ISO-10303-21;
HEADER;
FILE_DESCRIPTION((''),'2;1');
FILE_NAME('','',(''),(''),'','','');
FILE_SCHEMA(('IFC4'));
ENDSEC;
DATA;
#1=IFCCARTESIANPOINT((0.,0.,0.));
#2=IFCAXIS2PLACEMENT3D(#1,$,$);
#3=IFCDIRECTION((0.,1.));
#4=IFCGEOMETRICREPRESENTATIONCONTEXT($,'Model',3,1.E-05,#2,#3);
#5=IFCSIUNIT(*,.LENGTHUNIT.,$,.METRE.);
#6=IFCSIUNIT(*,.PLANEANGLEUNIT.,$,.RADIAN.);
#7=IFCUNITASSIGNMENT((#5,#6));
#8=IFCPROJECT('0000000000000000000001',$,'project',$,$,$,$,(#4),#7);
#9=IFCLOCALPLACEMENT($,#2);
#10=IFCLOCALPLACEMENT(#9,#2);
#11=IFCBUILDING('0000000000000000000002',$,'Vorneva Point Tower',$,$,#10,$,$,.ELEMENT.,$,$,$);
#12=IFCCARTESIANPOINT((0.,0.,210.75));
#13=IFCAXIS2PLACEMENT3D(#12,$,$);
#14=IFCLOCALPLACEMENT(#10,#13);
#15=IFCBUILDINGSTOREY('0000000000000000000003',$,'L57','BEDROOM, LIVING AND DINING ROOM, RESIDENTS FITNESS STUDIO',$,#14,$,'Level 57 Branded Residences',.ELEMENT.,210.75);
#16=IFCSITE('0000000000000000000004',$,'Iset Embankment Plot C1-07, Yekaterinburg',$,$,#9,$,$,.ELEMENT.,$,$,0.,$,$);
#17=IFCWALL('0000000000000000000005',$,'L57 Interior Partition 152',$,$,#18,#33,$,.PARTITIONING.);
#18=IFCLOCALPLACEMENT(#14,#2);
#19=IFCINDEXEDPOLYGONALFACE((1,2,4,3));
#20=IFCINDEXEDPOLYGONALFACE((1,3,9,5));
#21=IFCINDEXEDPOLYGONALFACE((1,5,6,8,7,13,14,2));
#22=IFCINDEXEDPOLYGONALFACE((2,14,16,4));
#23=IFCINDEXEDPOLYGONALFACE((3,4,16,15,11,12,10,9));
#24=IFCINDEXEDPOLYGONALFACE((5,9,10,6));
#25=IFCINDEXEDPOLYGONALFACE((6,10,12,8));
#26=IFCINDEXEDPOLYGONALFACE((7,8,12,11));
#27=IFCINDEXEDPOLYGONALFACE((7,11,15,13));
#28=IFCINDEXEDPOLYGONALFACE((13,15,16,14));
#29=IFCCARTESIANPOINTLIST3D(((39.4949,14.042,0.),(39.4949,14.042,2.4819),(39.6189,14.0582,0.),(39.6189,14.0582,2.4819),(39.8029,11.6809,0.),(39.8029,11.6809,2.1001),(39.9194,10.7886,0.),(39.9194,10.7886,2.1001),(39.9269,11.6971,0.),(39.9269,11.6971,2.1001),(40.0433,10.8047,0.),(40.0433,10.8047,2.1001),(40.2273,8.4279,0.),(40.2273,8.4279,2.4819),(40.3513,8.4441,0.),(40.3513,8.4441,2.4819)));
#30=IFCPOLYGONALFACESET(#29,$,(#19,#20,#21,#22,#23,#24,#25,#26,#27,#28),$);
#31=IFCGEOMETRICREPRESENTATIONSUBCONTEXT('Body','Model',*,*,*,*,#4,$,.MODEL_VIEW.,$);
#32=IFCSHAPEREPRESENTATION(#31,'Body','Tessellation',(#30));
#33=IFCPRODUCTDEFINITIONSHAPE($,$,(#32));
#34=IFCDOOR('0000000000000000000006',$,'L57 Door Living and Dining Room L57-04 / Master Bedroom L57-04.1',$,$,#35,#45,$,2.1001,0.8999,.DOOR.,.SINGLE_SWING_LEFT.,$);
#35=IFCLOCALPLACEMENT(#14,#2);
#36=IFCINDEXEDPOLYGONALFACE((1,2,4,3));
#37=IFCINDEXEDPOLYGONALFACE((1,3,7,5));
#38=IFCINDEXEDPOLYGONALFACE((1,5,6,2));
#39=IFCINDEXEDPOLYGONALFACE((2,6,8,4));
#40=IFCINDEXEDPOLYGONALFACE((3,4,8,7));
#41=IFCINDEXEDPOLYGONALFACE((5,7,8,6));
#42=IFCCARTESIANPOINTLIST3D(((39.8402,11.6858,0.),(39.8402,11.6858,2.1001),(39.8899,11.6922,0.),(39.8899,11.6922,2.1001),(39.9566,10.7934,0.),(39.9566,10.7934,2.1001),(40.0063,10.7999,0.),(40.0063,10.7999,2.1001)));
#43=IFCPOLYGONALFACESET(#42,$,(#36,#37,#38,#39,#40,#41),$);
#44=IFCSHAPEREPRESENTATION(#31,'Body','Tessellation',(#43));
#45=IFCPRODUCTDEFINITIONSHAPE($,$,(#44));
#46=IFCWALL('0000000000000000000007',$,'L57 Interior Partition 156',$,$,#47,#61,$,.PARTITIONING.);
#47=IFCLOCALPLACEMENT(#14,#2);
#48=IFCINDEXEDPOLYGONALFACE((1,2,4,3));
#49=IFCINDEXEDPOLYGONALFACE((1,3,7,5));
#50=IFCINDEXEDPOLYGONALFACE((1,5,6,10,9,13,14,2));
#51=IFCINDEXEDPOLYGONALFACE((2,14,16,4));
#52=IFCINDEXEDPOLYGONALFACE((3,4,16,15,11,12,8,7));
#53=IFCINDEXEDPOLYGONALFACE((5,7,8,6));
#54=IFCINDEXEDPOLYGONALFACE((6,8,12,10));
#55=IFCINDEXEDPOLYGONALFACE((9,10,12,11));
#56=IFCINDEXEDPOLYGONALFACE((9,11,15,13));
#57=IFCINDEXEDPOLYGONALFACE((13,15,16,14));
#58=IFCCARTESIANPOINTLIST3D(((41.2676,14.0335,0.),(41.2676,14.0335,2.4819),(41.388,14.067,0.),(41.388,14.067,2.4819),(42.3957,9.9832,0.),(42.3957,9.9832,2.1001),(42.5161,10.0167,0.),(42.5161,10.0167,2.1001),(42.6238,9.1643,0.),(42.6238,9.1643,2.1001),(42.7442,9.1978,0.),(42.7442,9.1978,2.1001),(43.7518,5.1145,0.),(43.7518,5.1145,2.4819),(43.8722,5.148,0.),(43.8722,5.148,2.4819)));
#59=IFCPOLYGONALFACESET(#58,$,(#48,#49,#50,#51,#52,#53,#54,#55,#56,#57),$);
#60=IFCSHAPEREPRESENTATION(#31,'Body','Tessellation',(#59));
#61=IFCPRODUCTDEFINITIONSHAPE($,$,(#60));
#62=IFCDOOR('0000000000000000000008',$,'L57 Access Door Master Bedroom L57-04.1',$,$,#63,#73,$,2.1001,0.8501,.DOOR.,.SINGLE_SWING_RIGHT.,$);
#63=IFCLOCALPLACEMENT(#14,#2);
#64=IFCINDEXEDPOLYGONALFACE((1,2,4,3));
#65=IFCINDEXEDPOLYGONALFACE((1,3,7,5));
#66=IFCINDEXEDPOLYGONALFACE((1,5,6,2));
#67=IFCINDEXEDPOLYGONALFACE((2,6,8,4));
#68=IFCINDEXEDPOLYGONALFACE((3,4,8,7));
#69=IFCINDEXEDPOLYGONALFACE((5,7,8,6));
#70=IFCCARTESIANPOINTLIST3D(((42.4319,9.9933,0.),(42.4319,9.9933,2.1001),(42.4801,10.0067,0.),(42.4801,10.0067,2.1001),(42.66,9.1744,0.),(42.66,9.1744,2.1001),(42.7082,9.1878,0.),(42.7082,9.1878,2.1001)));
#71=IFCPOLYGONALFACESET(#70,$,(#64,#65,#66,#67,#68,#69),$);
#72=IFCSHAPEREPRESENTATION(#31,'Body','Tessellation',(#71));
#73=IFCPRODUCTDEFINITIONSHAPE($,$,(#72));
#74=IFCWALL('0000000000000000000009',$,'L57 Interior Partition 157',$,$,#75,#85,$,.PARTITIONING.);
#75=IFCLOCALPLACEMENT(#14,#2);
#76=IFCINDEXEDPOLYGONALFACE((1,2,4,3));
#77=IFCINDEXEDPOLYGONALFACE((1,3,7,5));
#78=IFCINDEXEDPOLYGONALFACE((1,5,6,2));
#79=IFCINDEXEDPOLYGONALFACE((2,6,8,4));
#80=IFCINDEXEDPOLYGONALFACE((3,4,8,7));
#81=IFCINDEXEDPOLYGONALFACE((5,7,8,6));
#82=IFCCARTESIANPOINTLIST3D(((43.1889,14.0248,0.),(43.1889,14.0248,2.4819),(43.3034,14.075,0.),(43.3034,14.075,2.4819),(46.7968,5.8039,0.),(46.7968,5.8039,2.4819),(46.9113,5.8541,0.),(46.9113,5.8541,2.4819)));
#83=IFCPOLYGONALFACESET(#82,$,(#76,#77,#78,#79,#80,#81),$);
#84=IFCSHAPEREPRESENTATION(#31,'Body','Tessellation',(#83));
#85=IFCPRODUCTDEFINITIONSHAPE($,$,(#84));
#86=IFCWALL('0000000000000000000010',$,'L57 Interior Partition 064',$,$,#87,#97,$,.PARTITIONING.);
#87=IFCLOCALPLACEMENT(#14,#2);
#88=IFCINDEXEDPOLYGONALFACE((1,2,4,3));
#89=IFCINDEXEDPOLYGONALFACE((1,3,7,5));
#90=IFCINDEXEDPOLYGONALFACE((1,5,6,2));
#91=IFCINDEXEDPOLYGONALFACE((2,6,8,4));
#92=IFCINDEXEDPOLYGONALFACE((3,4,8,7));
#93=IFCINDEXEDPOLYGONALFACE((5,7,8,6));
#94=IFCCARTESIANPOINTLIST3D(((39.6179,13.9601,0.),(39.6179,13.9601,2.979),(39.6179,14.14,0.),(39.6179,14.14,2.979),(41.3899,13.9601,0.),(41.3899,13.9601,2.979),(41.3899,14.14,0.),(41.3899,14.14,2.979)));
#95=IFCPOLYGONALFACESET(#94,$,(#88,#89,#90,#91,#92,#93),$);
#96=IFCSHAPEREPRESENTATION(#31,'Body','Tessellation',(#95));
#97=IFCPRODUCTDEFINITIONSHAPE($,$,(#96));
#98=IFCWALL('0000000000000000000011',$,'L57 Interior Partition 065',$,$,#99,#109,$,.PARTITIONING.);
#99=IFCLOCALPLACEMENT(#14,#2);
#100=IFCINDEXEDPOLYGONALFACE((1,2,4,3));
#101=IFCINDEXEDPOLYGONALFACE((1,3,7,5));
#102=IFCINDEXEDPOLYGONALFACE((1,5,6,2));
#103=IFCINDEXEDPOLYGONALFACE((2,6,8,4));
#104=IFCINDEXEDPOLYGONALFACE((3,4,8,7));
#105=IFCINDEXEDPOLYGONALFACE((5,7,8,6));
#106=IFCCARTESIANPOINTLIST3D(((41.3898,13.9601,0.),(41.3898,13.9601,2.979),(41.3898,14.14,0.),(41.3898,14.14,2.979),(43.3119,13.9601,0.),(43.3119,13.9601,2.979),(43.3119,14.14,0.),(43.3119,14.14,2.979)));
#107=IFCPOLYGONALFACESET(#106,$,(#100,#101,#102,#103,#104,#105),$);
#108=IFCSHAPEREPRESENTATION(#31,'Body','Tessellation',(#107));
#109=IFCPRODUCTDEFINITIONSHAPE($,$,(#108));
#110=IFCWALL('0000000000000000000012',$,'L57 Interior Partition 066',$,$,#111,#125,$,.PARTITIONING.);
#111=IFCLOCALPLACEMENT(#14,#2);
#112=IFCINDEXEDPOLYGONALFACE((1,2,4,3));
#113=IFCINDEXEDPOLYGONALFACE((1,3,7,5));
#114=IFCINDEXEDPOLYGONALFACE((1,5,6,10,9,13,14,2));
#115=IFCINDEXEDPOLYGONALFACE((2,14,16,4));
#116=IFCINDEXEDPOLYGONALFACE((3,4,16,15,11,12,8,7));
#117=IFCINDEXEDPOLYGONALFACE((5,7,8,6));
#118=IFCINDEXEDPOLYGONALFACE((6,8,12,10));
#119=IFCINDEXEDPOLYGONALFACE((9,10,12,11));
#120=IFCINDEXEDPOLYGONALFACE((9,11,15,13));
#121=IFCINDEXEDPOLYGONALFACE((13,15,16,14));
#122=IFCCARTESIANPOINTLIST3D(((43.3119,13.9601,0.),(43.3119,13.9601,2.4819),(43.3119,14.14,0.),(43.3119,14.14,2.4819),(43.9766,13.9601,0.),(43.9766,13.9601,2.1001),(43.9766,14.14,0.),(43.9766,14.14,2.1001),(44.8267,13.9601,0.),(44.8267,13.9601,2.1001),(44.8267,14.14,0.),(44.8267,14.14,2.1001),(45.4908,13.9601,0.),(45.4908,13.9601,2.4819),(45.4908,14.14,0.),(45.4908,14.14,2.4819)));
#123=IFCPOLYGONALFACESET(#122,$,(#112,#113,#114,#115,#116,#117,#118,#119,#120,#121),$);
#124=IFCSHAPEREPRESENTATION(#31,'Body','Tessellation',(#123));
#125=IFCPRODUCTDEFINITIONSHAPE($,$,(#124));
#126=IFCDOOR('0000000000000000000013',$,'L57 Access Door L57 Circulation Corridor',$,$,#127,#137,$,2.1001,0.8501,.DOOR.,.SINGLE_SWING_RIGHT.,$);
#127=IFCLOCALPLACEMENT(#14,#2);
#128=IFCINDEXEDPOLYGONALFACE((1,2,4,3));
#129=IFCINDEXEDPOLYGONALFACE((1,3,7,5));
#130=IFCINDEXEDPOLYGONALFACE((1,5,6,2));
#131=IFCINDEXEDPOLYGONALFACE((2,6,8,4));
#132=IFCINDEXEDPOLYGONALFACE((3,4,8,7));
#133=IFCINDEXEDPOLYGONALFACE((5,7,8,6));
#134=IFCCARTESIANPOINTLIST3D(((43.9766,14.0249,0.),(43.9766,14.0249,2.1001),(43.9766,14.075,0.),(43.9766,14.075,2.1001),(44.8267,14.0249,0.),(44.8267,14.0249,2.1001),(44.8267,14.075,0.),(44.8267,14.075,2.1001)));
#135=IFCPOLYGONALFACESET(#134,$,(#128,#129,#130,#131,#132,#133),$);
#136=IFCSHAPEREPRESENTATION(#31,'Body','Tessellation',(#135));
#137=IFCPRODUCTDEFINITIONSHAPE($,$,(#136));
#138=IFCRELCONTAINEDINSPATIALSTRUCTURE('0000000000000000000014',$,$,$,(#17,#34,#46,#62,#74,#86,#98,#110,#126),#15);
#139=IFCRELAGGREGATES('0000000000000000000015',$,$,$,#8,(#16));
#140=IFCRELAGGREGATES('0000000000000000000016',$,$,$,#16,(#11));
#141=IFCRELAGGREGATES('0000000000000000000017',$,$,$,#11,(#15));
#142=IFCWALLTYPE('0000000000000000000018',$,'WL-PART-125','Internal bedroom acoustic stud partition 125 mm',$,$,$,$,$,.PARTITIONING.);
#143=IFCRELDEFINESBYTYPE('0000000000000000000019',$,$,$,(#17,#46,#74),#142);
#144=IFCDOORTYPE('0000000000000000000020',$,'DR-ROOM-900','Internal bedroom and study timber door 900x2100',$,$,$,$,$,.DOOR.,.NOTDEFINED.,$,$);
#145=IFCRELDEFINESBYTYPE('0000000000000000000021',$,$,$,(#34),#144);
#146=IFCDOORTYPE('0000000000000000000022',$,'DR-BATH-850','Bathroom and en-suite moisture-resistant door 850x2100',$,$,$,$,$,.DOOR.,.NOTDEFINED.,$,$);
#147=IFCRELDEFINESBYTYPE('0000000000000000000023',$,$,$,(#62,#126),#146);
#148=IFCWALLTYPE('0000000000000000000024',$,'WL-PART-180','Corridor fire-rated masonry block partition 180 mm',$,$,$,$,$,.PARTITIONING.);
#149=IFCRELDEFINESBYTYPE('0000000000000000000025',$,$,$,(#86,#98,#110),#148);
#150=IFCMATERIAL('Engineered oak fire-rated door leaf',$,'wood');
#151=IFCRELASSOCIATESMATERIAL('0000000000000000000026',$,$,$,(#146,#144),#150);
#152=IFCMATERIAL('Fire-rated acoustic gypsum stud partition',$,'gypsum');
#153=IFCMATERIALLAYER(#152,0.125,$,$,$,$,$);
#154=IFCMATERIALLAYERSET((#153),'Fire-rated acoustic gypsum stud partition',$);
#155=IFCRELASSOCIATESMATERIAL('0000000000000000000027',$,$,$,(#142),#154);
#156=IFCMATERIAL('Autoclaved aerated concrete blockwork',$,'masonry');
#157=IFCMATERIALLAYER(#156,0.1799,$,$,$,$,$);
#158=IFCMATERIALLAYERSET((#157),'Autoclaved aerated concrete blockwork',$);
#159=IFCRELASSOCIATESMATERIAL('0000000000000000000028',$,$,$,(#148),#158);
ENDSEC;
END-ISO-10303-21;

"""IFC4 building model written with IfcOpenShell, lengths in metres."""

from ifc_helpers import new_model, si_unit, direction, frame, frame_2d, origin, place, context, subcontext, project, spatial, rectangle, extrude, material, layer, layer_set, type_object, element, fill, save


model = new_model("IFC4")

# Units and contexts
model_context = context("Model", 3, precision=1e-05, world=origin(), true_north=direction((0.0, 1.0)))
body_context = subcontext(model_context, "Body", "Model", "MODEL_VIEW")
ifc_project = project(units=[si_unit("LENGTHUNIT", "METRE"), si_unit("PLANEANGLEUNIT", "RADIAN")], contexts=[model_context])

# Site, building, storey
site_placement = place(None, origin())
site = spatial("IfcSite", under=ifc_project, at=site_placement, Name="Iset Embankment Plot C1-07, Yekaterinburg", CompositionType="ELEMENT", RefElevation=0.0)
building_placement = place(site_placement, origin())
building = spatial("IfcBuilding", under=site, at=building_placement, Name="Vorneva Point Tower", CompositionType="ELEMENT")
storey_placement = place(building_placement, frame((0.0, 0.0, 210.75)))
storey = spatial("IfcBuildingStorey", under=building, at=storey_placement, Name="L57", Description="BEDROOM, LIVING AND DINING ROOM, RESIDENTS FITNESS STUDIO", LongName="Level 57 Branded Residences", CompositionType="ELEMENT", Elevation=210.75)

# Shared definitions
ifc_material_1 = material(Name="Fire-rated acoustic gypsum stud partition", Category="gypsum")

# Shared definitions
ifc_material_2 = material(Name="Engineered oak fire-rated door leaf", Category="wood")
door_type_1 = type_object("IfcDoorType", Name="DR-BATH-850", Description="Bathroom and en-suite moisture-resistant door 850x2100", OperationType="NOTDEFINED", PredefinedType="DOOR", material=ifc_material_2)

# Shared definitions
ifc_layer_1 = layer(ifc_material_1, 0.125)
ifc_layer_set_1 = layer_set([ifc_layer_1], Name="Fire-rated acoustic gypsum stud partition")
wall_type_1 = type_object("IfcWallType", Name="WL-PART-125", Description="Internal bedroom acoustic stud partition 125 mm", PredefinedType="PARTITIONING", material=ifc_layer_set_1)

# Walls, openings, doors
wall_1_placement = place(storey_placement, frame((40.2893, 8.436, 0.0), z_axis=(0.0, 0.0, 1.0), x_axis=(-0.129367, 0.991597, 0.0)))
wall_1 = element("IfcWall", 1, at=wall_1_placement, inside=storey, type_object=wall_type_1, Name="L57 Interior Partition 152", PredefinedType="PARTITIONING", context=body_context, shape_type="SweptSolid", body=[
    extrude(rectangle(XDim=5.6616, YDim=0.125, at=frame_2d((2.8308, 0.0))), origin(), (0.0, 0.0, 1.0), 2.4819),
])
opening_1_placement = place(wall_1_placement, frame((2.3806, 0.0, 0.0)))
opening_1 = element("IfcOpeningElement", 2, at=opening_1_placement, cuts=wall_1, PredefinedType="OPENING", context=body_context, shape_type="SweptSolid", body=[
    extrude(rectangle(XDim=0.8999, YDim=2.1001, at=frame_2d((0.45, 1.05))), frame((0.0, 0.0774, 0.0), z_axis=(0.0, -1.0, 0.0), x_axis=(1.0, 0.0, 0.0)), (0.0, 0.0, 1.0), 0.1548),
])
door_type_2 = type_object("IfcDoorType", Name="DR-ROOM-900", Description="Internal bedroom and study timber door 900x2100", OperationType="NOTDEFINED", PredefinedType="DOOR", material=ifc_material_2)
door_1_placement = place(opening_1_placement, origin())
door_1 = element("IfcDoor", 3, at=door_1_placement, inside=storey, type_object=door_type_2, Name="L57 Door Living and Dining Room L57-04 / Master Bedroom L57-04.1", OperationType="SINGLE_SWING_LEFT", OverallHeight=2.1001, OverallWidth=0.8999, PredefinedType="DOOR", context=body_context, shape_type="SweptSolid", body=[
    extrude(rectangle(XDim=0.8999, YDim=2.1001, at=frame_2d((0.45, 1.05))), frame((0.0, 0.0249, 0.0), z_axis=(0.0, -1.0, 0.0), x_axis=(1.0, 0.0, 0.0)), (0.0, 0.0, 1.0), 0.05),
])
fill(opening_1, door_1)
wall_2_placement = place(storey_placement, frame((43.812, 5.1311, 0.0), z_axis=(0.0, 0.0, 1.0), x_axis=(-0.26831, 0.963333, 0.0)))
wall_2 = element("IfcWall", 4, at=wall_2_placement, inside=storey, type_object=wall_type_1, Name="L57 Interior Partition 156", PredefinedType="PARTITIONING", context=body_context, shape_type="SweptSolid", body=[
    extrude(rectangle(XDim=9.2585, YDim=0.125, at=frame_2d((4.6294, 0.0))), origin(), (0.0, 0.0, 1.0), 2.4819),
])
opening_2_placement = place(wall_2_placement, frame((4.2041, 0.0, 0.0)))
opening_2 = element("IfcOpeningElement", 5, at=opening_2_placement, cuts=wall_2, PredefinedType="OPENING", context=body_context, shape_type="SweptSolid", body=[
    extrude(rectangle(XDim=0.8501, YDim=2.1001, at=frame_2d((0.425, 1.05))), frame((0.0, 0.0774, 0.0), z_axis=(0.0, -1.0, 0.0), x_axis=(1.0, 0.0, 0.0)), (0.0, 0.0, 1.0), 0.1548),
])
door_2_placement = place(opening_2_placement, origin())
door_2 = element("IfcDoor", 6, at=door_2_placement, inside=storey, type_object=door_type_1, Name="L57 Access Door Master Bedroom L57-04.1", OperationType="SINGLE_SWING_RIGHT", OverallHeight=2.1001, OverallWidth=0.8501, PredefinedType="DOOR", context=body_context, shape_type="SweptSolid", body=[
    extrude(rectangle(XDim=0.8501, YDim=2.1001, at=frame_2d((0.425, 1.05))), frame((0.0, 0.0249, 0.0), z_axis=(0.0, -1.0, 0.0), x_axis=(1.0, 0.0, 0.0)), (0.0, 0.0, 1.0), 0.05),
])
fill(opening_2, door_2)

# Walls
wall_3_placement = place(storey_placement, frame((46.854, 5.8291, 0.0), z_axis=(0.0, 0.0, 1.0), x_axis=(-0.40187, 0.915697, 0.0)))
element("IfcWall", 7, at=wall_3_placement, inside=storey, type_object=wall_type_1, Name="L57 Interior Partition 157", PredefinedType="PARTITIONING", context=body_context, shape_type="SweptSolid", body=[
    extrude(rectangle(XDim=8.9778, YDim=0.125, at=frame_2d((4.4888, 0.0))), origin(), (0.0, 0.0, 1.0), 2.4819),
])
ifc_material_3 = material(Name="Autoclaved aerated concrete blockwork", Category="masonry")
ifc_layer_2 = layer(ifc_material_3, 0.1799)
ifc_layer_set_2 = layer_set([ifc_layer_2], Name="Autoclaved aerated concrete blockwork")
wall_type_2 = type_object("IfcWallType", Name="WL-PART-180", Description="Corridor fire-rated masonry block partition 180 mm", PredefinedType="PARTITIONING", material=ifc_layer_set_2)
wall_4_placement = place(storey_placement, frame((39.6179, 14.05, 0.0), z_axis=(0.0, 0.0, 1.0), x_axis=(1.0, 0.0, 0.0)))
element("IfcWall", 8, at=wall_4_placement, inside=storey, type_object=wall_type_2, Name="L57 Interior Partition 064", PredefinedType="PARTITIONING", context=body_context, shape_type="SweptSolid", body=[
    extrude(rectangle(XDim=1.772, YDim=0.1799, at=frame_2d((0.886, 0.0))), origin(), (0.0, 0.0, 1.0), 2.979),
])
wall_5_placement = place(storey_placement, frame((41.3899, 14.05, 0.0), z_axis=(0.0, 0.0, 1.0), x_axis=(1.0, 0.0, 0.0)))
element("IfcWall", 9, at=wall_5_placement, inside=storey, type_object=wall_type_2, Name="L57 Interior Partition 065", PredefinedType="PARTITIONING", context=body_context, shape_type="SweptSolid", body=[
    extrude(rectangle(XDim=1.9221, YDim=0.1799, at=frame_2d((0.9609, 0.0))), origin(), (0.0, 0.0, 1.0), 2.979),
])

# Wall, opening, door
wall_6_placement = place(storey_placement, frame((43.312, 14.05, 0.0), z_axis=(0.0, 0.0, 1.0), x_axis=(1.0, 0.0, 0.0)))
wall_6 = element("IfcWall", 10, at=wall_6_placement, inside=storey, type_object=wall_type_2, Name="L57 Interior Partition 066", PredefinedType="PARTITIONING", context=body_context, shape_type="SweptSolid", body=[
    extrude(rectangle(XDim=2.179, YDim=0.1799, at=frame_2d((1.0894, 0.0))), origin(), (0.0, 0.0, 1.0), 2.4819),
])
opening_3_placement = place(wall_6_placement, frame((0.6646, 0.0, 0.0)))
opening_3 = element("IfcOpeningElement", 11, at=opening_3_placement, cuts=wall_6, PredefinedType="OPENING", context=body_context, shape_type="SweptSolid", body=[
    extrude(rectangle(XDim=0.8501, YDim=2.1001, at=frame_2d((0.425, 1.05))), frame((0.0, 0.105, 0.0), z_axis=(0.0, -1.0, 0.0), x_axis=(1.0, 0.0, 0.0)), (0.0, 0.0, 1.0), 0.2097),
])
door_3_placement = place(opening_3_placement, origin())
door_3 = element("IfcDoor", 12, at=door_3_placement, inside=storey, type_object=door_type_1, Name="L57 Access Door L57 Circulation Corridor", OperationType="SINGLE_SWING_RIGHT", OverallHeight=2.1001, OverallWidth=0.8501, PredefinedType="DOOR", context=body_context, shape_type="SweptSolid", body=[
    extrude(rectangle(XDim=0.8501, YDim=2.1001, at=frame_2d((0.425, 1.05))), frame((0.0, 0.0249, 0.0), z_axis=(0.0, -1.0, 0.0), x_axis=(1.0, 0.0, 0.0)), (0.0, 0.0, 1.0), 0.05),
])
fill(opening_3, door_3)

save(model, "model.ifc")
